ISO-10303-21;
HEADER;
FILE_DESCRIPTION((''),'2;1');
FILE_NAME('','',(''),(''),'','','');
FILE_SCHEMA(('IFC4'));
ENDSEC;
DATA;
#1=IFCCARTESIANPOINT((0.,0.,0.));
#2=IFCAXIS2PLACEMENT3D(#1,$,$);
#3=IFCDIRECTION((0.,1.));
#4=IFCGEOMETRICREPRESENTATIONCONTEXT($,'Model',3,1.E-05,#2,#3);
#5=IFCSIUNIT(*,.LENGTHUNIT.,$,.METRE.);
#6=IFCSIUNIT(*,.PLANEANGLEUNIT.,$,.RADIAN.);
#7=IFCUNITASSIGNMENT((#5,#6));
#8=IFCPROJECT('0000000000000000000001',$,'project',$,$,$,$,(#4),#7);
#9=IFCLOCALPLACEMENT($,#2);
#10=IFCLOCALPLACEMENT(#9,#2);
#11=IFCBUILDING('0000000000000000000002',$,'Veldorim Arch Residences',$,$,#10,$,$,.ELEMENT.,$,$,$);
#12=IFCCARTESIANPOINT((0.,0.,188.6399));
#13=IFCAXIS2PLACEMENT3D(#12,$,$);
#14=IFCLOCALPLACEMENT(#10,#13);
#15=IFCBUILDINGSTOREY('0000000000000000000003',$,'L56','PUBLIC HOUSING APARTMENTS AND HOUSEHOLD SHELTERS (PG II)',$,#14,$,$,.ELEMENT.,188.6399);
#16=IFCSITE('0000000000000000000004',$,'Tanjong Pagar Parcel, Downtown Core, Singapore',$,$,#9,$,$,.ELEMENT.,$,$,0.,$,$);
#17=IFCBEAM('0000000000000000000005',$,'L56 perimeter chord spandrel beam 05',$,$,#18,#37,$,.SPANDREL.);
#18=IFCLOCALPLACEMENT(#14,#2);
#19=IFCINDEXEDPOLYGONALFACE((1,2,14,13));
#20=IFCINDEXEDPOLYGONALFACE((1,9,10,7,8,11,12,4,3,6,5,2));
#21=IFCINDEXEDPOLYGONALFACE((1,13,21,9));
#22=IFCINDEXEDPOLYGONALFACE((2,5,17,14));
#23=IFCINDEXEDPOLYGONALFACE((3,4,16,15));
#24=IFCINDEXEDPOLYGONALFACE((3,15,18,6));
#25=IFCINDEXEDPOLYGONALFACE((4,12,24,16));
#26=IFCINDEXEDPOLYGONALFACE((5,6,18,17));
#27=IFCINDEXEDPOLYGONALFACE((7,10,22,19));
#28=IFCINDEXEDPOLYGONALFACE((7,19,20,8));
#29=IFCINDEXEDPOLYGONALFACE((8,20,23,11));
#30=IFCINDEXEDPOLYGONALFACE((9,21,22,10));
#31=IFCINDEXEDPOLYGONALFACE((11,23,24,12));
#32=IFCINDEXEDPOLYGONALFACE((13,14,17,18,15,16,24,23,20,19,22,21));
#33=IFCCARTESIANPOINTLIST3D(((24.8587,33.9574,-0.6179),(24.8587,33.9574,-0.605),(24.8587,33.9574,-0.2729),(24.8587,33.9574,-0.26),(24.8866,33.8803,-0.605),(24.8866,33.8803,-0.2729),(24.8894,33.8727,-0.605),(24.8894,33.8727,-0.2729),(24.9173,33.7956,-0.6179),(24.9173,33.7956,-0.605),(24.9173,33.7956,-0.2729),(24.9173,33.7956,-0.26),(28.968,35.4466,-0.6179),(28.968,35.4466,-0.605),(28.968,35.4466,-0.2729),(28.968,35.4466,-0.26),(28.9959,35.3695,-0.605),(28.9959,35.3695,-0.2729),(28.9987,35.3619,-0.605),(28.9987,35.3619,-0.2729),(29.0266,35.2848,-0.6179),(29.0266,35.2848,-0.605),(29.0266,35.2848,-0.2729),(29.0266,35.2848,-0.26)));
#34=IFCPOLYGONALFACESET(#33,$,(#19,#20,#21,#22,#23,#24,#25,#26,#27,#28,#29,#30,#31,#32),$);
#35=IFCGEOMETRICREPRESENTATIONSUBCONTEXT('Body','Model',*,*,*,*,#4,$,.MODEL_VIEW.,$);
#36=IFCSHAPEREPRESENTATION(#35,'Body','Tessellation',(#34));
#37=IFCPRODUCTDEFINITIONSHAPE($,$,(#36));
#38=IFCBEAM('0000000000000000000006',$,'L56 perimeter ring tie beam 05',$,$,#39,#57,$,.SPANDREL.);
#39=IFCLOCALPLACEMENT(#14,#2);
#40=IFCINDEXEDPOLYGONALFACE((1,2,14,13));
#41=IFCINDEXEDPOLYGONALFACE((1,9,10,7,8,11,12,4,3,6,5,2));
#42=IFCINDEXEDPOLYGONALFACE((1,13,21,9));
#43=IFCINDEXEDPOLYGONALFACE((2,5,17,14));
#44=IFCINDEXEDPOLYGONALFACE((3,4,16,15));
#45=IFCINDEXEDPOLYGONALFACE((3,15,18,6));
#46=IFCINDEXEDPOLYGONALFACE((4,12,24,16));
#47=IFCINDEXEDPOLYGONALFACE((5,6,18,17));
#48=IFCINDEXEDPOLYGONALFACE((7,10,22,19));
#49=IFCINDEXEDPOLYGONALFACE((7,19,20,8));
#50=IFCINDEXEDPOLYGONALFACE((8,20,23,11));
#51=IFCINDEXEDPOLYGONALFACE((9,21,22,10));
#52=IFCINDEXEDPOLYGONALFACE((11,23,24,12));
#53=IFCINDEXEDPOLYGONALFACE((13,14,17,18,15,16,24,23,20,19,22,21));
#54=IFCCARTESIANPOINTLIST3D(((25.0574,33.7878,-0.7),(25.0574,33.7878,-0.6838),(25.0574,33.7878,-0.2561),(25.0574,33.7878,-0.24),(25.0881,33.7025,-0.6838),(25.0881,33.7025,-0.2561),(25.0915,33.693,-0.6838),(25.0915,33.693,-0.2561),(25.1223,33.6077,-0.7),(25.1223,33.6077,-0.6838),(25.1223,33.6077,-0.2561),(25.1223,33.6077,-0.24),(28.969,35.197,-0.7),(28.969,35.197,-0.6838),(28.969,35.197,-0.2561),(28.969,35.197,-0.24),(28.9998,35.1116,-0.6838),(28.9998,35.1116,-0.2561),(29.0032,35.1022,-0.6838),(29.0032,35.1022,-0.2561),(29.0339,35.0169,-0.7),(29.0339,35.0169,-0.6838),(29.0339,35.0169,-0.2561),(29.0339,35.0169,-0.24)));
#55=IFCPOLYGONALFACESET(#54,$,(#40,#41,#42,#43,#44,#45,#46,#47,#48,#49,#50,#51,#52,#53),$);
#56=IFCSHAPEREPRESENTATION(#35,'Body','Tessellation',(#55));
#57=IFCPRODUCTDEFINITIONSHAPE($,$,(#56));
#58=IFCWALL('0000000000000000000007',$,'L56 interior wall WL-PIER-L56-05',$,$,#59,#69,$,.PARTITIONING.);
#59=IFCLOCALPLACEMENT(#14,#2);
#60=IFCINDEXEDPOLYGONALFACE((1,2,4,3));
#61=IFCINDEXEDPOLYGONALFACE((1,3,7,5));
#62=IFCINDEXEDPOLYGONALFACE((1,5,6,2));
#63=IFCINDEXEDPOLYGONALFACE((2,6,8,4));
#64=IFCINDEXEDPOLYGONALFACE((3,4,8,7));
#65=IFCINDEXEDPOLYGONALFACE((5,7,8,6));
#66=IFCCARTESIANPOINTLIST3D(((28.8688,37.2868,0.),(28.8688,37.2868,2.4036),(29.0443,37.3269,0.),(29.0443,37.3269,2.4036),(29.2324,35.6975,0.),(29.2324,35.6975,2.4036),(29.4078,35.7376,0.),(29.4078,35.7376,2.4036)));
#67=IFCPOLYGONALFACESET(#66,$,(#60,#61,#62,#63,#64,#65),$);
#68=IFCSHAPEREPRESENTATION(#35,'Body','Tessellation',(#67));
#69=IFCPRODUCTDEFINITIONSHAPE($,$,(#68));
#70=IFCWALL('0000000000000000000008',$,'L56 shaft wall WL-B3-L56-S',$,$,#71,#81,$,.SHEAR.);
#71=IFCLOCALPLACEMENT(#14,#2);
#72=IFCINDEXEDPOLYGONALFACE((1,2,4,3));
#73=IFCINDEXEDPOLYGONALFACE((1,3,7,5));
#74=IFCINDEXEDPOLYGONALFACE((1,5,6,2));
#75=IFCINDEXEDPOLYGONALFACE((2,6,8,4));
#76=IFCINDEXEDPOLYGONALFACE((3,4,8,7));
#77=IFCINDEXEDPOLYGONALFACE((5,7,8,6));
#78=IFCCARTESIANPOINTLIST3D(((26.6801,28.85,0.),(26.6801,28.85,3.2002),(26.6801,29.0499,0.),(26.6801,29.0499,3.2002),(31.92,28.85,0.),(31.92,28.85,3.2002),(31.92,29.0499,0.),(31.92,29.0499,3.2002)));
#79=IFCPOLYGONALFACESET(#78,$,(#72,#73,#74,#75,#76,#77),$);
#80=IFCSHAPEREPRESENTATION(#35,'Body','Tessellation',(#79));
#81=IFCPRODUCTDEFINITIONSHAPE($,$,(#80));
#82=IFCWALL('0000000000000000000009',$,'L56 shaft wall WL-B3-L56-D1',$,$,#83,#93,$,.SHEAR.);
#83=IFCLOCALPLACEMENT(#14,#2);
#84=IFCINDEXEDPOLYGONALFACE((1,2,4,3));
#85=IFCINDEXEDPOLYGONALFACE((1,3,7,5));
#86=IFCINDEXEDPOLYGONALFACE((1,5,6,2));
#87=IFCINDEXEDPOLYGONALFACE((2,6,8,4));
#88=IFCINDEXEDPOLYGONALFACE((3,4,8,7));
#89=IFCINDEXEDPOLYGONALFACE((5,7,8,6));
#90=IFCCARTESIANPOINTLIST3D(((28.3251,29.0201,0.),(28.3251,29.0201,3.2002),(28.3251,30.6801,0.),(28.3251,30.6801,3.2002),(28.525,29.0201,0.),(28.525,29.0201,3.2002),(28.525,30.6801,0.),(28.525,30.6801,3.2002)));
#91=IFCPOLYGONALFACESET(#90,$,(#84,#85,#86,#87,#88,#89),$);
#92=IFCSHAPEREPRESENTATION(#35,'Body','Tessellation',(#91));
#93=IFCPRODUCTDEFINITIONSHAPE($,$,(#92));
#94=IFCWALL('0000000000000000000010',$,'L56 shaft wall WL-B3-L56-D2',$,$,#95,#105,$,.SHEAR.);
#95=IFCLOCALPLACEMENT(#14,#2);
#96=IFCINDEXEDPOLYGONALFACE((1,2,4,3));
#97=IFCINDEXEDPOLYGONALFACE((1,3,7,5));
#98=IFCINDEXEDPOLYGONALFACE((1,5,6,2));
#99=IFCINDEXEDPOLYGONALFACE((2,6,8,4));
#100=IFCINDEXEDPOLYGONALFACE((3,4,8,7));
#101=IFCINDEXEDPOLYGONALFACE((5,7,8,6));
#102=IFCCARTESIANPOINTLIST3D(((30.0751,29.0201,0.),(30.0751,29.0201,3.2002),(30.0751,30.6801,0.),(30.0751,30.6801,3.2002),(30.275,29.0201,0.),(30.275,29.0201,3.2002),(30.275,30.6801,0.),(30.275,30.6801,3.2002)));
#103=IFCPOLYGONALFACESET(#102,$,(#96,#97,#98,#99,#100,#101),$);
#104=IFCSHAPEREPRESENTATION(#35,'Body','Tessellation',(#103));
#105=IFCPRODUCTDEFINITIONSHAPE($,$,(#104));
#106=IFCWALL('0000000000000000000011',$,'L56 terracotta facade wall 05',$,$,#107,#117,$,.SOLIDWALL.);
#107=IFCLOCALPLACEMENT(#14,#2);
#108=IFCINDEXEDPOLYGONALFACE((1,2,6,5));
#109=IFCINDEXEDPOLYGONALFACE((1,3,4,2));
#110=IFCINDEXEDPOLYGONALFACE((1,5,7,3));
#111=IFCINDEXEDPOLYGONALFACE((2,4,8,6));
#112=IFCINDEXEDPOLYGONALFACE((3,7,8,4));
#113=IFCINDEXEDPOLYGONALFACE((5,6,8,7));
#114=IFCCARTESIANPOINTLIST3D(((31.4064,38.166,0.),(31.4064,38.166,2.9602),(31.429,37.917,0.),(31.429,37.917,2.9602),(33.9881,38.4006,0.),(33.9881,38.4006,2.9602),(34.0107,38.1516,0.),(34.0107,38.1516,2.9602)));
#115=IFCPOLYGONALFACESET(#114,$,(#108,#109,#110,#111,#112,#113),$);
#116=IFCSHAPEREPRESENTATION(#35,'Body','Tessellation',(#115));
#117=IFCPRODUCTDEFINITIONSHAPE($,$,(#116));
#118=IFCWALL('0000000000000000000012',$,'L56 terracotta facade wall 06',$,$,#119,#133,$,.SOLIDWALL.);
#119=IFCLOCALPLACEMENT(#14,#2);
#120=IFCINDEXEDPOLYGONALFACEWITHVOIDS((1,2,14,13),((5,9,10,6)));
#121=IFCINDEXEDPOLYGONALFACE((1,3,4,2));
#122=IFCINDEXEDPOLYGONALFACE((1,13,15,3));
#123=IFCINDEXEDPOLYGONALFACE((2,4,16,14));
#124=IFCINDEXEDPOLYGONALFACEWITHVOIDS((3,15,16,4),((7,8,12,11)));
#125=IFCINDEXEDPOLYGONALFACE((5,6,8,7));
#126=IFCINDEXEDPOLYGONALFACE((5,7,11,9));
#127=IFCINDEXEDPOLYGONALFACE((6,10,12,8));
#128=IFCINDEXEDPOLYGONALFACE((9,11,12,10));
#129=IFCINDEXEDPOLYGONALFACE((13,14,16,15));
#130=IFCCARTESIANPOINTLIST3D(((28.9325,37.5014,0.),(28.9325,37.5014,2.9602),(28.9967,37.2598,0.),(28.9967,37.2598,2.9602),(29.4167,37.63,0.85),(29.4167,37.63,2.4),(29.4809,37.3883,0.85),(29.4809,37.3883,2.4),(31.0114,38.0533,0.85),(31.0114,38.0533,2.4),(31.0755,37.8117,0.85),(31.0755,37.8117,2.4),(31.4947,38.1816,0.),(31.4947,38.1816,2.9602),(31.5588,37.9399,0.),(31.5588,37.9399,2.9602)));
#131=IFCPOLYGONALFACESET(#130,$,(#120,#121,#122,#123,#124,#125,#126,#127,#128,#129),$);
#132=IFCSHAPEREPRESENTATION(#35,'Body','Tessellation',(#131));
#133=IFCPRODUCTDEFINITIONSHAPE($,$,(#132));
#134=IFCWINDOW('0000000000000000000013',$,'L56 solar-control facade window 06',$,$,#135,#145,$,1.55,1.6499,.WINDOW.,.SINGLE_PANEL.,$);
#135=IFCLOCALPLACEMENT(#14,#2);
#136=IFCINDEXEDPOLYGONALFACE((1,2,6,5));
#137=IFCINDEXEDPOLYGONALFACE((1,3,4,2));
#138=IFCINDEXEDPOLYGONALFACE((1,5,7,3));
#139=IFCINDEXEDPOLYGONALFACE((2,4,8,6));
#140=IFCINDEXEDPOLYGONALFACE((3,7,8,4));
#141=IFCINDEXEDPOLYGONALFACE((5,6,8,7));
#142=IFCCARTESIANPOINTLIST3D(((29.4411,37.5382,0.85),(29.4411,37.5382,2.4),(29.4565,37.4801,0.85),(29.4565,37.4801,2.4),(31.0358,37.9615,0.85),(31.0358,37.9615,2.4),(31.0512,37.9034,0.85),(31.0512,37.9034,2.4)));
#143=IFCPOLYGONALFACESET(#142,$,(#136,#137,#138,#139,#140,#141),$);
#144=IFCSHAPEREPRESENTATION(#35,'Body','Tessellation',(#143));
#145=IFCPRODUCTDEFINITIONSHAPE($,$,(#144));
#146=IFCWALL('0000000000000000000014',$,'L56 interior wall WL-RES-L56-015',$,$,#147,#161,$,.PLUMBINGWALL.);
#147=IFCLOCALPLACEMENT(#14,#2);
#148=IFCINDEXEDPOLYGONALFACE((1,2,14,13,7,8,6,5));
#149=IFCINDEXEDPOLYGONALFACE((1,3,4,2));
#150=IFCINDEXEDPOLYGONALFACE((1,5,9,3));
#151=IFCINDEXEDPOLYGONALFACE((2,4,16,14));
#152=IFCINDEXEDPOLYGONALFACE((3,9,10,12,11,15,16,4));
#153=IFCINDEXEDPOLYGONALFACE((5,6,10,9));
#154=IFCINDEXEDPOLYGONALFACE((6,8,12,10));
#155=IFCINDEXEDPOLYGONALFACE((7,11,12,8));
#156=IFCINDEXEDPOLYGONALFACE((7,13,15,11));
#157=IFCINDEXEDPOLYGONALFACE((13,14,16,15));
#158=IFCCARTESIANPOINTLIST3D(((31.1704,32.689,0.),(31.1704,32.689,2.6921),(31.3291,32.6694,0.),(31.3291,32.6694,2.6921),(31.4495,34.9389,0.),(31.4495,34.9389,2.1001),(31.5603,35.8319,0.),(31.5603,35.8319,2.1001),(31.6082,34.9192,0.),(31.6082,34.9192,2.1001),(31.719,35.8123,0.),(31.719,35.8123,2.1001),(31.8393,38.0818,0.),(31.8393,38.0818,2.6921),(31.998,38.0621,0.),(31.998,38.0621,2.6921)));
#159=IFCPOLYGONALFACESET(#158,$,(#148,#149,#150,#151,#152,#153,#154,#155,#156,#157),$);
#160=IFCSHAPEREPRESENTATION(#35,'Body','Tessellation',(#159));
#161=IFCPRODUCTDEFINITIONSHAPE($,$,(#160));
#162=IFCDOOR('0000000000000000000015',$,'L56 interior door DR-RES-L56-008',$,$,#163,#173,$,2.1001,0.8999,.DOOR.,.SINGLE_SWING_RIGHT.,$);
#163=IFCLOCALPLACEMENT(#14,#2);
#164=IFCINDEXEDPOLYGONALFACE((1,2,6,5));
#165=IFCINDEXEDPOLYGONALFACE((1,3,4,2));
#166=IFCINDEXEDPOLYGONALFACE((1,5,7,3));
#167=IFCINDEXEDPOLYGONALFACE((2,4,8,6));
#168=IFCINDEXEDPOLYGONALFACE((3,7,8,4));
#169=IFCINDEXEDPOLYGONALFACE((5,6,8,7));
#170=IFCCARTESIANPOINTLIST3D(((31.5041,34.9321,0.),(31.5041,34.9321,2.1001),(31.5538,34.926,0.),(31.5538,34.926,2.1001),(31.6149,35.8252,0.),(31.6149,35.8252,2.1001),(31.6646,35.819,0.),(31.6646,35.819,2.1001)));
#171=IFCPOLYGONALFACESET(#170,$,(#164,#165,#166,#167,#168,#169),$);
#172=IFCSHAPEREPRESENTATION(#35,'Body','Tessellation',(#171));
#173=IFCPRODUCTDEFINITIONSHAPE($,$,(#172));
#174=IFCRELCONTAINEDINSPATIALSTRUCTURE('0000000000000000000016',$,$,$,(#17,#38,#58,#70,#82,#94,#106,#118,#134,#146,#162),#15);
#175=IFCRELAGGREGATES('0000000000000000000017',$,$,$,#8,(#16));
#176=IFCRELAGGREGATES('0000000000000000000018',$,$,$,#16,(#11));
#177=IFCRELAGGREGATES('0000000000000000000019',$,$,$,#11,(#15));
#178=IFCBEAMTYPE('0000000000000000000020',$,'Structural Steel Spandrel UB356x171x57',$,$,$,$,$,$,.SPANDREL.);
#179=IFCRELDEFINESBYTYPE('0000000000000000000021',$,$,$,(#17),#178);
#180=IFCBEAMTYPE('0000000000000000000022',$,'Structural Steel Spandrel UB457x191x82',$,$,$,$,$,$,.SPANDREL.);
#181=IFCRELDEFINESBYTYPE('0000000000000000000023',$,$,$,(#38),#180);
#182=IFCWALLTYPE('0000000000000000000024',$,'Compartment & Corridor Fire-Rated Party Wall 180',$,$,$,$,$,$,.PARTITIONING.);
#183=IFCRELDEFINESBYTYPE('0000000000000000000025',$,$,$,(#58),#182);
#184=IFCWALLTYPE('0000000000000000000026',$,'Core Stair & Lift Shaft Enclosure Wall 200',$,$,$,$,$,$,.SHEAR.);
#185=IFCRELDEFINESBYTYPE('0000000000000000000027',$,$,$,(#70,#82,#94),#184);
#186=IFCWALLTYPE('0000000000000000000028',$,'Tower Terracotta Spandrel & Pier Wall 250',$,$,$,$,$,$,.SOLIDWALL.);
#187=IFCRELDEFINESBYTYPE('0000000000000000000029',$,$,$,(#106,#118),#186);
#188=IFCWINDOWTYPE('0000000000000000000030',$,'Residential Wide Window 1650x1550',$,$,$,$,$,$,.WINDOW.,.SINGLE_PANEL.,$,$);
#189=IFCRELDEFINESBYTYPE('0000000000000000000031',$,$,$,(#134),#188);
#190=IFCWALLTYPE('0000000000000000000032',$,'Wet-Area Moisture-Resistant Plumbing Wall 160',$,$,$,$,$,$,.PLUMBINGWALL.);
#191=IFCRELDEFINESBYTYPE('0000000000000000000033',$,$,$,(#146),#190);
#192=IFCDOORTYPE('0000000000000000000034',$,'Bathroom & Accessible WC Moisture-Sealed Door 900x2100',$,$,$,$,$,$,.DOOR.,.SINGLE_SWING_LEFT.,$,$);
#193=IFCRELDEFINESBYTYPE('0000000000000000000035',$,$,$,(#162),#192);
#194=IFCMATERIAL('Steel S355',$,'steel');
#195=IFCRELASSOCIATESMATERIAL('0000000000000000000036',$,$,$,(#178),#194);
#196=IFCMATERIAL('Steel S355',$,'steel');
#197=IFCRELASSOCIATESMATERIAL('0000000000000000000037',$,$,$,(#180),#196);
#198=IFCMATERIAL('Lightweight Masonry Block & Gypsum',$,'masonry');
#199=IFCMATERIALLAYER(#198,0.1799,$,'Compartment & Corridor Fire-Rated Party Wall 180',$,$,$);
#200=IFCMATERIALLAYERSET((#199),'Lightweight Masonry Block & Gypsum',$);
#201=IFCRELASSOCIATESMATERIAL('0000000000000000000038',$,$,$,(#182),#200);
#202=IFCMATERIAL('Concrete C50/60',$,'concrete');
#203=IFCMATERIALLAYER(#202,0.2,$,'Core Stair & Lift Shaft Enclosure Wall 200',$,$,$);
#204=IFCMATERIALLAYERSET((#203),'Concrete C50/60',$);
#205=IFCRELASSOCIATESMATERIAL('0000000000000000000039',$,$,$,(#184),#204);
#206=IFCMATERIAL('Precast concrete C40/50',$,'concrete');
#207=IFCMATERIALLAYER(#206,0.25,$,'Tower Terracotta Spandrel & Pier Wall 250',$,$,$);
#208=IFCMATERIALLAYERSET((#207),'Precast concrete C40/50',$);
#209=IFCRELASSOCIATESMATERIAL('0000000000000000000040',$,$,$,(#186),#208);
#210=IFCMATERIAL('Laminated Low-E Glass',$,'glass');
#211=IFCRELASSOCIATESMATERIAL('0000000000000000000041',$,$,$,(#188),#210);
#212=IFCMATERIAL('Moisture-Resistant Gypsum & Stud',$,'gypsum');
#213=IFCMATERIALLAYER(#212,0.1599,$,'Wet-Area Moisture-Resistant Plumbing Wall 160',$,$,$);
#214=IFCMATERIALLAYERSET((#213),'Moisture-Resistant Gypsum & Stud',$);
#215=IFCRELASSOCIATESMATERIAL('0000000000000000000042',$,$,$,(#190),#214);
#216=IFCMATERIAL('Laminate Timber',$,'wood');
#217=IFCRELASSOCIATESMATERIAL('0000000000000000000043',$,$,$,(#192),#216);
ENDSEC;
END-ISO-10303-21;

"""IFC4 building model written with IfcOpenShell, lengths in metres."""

from ifc_helpers import new_model, si_unit, direction, frame, frame_2d, origin, origin_2d, place, context, subcontext, project, spatial, rectangle, i_section, extrude, material, layer, layer_set, material_profile, profile_set, type_object, element, fill, save


model = new_model("IFC4")

# Units and contexts
model_context = context("Model", 3, precision=1e-05, world=origin(), true_north=direction((0.0, 1.0)))
body_context = subcontext(model_context, "Body", "Model", "MODEL_VIEW")
ifc_project = project(units=[si_unit("LENGTHUNIT", "METRE"), si_unit("PLANEANGLEUNIT", "RADIAN")], contexts=[model_context])

# Site, building, storey
site_placement = place(None, origin())
site = spatial("IfcSite", under=ifc_project, at=site_placement, Name="Tanjong Pagar Parcel, Downtown Core, Singapore", CompositionType="ELEMENT", RefElevation=0.0)
building_placement = place(site_placement, origin())
building = spatial("IfcBuilding", under=site, at=building_placement, Name="Veldorim Arch Residences", CompositionType="ELEMENT")
storey_placement = place(building_placement, frame((0.0, 0.0, 188.6399)))
storey = spatial("IfcBuildingStorey", under=building, at=storey_placement, Name="L56", Description="PUBLIC HOUSING APARTMENTS AND HOUSEHOLD SHELTERS (PG II)", CompositionType="ELEMENT", Elevation=188.6399)

# Beams
ifc_material_1 = material(Name="Steel S355", Category="steel")
ifc_material_profile_1 = material_profile(ifc_material_1, i_section(OverallWidth=0.1721, OverallDepth=0.3579, WebThickness=0.0081, FlangeThickness=0.0129, at=origin_2d()), Name="UB356x171x57")
ifc_profile_set_1 = profile_set([ifc_material_profile_1], Name="Steel S355")
beam_type_1 = type_object("IfcBeamType", Name="Structural Steel Spandrel UB356x171x57", PredefinedType="SPANDREL", material=ifc_profile_set_1)
beam_1_placement = place(storey_placement, frame((28.9973, 35.3657, -0.439), z_axis=(-0.940165, -0.34072, 0.0), x_axis=(0.34072, -0.940165, 0.0)))
element("IfcBeam", 1, at=beam_1_placement, inside=storey, type_object=beam_type_1, Name="L56 perimeter chord spandrel beam 05", PredefinedType="SPANDREL", context=body_context, shape_type="SweptSolid", body=[
    extrude(i_section(OverallWidth=0.1721, OverallDepth=0.3579, WebThickness=0.0081, FlangeThickness=0.0129, at=origin_2d()), origin(), (0.0, 0.0, 1.0), 4.3708),
])
ifc_material_2 = material(Name="Steel S355", Category="steel")
ifc_material_profile_2 = material_profile(ifc_material_2, i_section(OverallWidth=0.1914, OverallDepth=0.46, WebThickness=0.01, FlangeThickness=0.0161, at=origin_2d()), Name="UB457x191x82")
ifc_profile_set_2 = profile_set([ifc_material_profile_2], Name="Steel S355")
beam_type_2 = type_object("IfcBeamType", Name="Structural Steel Spandrel UB457x191x82", PredefinedType="SPANDREL", material=ifc_profile_set_2)
beam_2_placement = place(storey_placement, frame((29.0015, 35.1069, -0.47), z_axis=(-0.940811, -0.338932, 0.0), x_axis=(0.338932, -0.940811, 0.0)))
element("IfcBeam", 2, at=beam_2_placement, inside=storey, type_object=beam_type_2, Name="L56 perimeter ring tie beam 05", PredefinedType="SPANDREL", context=body_context, shape_type="SweptSolid", body=[
    extrude(i_section(OverallWidth=0.1914, OverallDepth=0.46, WebThickness=0.01, FlangeThickness=0.0161, at=origin_2d()), origin(), (0.0, 0.0, 1.0), 4.1577),
])

# Walls
ifc_material_3 = material(Name="Lightweight Masonry Block & Gypsum", Category="masonry")
ifc_layer_1 = layer(ifc_material_3, 0.1799, Name="Compartment & Corridor Fire-Rated Party Wall 180")
ifc_layer_set_1 = layer_set([ifc_layer_1], Name="Lightweight Masonry Block & Gypsum")
wall_type_1 = type_object("IfcWallType", Name="Compartment & Corridor Fire-Rated Party Wall 180", PredefinedType="PARTITIONING", material=ifc_layer_set_1)
wall_1_placement = place(storey_placement, frame((29.3201, 35.7175, 0.0), z_axis=(0.0, 0.0, 1.0), x_axis=(-0.222967, 0.974826, 0.0)))
element("IfcWall", 3, at=wall_1_placement, inside=storey, type_object=wall_type_1, Name="L56 interior wall WL-PIER-L56-05", PredefinedType="PARTITIONING", context=body_context, shape_type="SweptSolid", body=[
    extrude(rectangle(XDim=1.6304, YDim=0.1799, at=frame_2d((0.8152, 0.0))), origin(), (0.0, 0.0, 1.0), 2.4036),
])
ifc_material_4 = material(Name="Concrete C50/60", Category="concrete")
ifc_layer_2 = layer(ifc_material_4, 0.2, Name="Core Stair & Lift Shaft Enclosure Wall 200")
ifc_layer_set_2 = layer_set([ifc_layer_2], Name="Concrete C50/60")
wall_type_2 = type_object("IfcWallType", Name="Core Stair & Lift Shaft Enclosure Wall 200", PredefinedType="SHEAR", material=ifc_layer_set_2)
wall_2_placement = place(storey_placement, frame((26.6799, 28.95, 0.0), z_axis=(0.0, 0.0, 1.0), x_axis=(1.0, 0.0, 0.0)))
element("IfcWall", 4, at=wall_2_placement, inside=storey, type_object=wall_type_2, Name="L56 shaft wall WL-B3-L56-S", PredefinedType="SHEAR", context=body_context, shape_type="SweptSolid", body=[
    extrude(rectangle(XDim=5.24, YDim=0.2, at=frame_2d((2.6201, 0.0))), origin(), (0.0, 0.0, 1.0), 3.2002),
])
for number, where, z_axis, x_axis, name in (
    (5, (28.425, 29.02, 0.0), (0.0, 0.0, 1.0), (0.0, 1.0, 0.0), "L56 shaft wall WL-B3-L56-D1"),
    (6, (30.175, 29.02, 0.0), (0.0, 0.0, 1.0), (0.0, 1.0, 0.0), "L56 shaft wall WL-B3-L56-D2"),
):
    element("IfcWall", number, at=place(storey_placement, frame(where, z_axis=z_axis, x_axis=x_axis)), inside=storey, type_object=wall_type_2, Name=name, PredefinedType="SHEAR", context=body_context, shape_type="SweptSolid", body=[
        extrude(rectangle(XDim=1.6599, YDim=0.2, at=frame_2d((0.8301, 0.0))), origin(), (0.0, 0.0, 1.0), 3.2002),
    ])
ifc_material_5 = material(Name="Precast concrete C40/50", Category="concrete")
ifc_layer_3 = layer(ifc_material_5, 0.25, Name="Tower Terracotta Spandrel & Pier Wall 250")
ifc_layer_set_3 = layer_set([ifc_layer_3], Name="Precast concrete C40/50")
wall_type_3 = type_object("IfcWallType", Name="Tower Terracotta Spandrel & Pier Wall 250", PredefinedType="SOLIDWALL", material=ifc_layer_set_3)
wall_3_placement = place(storey_placement, frame((31.4177, 38.0415, 0.0), z_axis=(0.0, 0.0, 1.0), x_axis=(0.995896, 0.09051, 0.0)))
element("IfcWall", 7, at=wall_3_placement, inside=storey, type_object=wall_type_3, Name="L56 terracotta facade wall 05", PredefinedType="SOLIDWALL", context=body_context, shape_type="SweptSolid", body=[
    extrude(rectangle(XDim=2.5923, YDim=0.25, at=frame_2d((1.2961, 0.0))), origin(), (0.0, 0.0, 1.0), 2.9602),
])

# Wall, opening, window
wall_4_placement = place(storey_placement, frame((28.9646, 37.3806, 0.0), z_axis=(0.0, 0.0, 1.0), x_axis=(0.966525, 0.256573, 0.0)))
wall_4 = element("IfcWall", 8, at=wall_4_placement, inside=storey, type_object=wall_type_3, Name="L56 terracotta facade wall 06", PredefinedType="SOLIDWALL", context=body_context, shape_type="SweptSolid", body=[
    extrude(rectangle(XDim=2.6509, YDim=0.25, at=frame_2d((1.3254, 0.0))), origin(), (0.0, 0.0, 1.0), 2.9602),
])
opening_1_placement = place(wall_4_placement, frame((0.501, 0.0, 0.8501)))
opening_1 = element("IfcOpeningElement", 9, at=opening_1_placement, cuts=wall_4, PredefinedType="OPENING", context=body_context, shape_type="SweptSolid", body=[
    extrude(rectangle(XDim=1.6499, YDim=1.55, at=frame_2d((0.825, 0.7749))), frame((0.0, 0.135, 0.0), z_axis=(0.0, -1.0, 0.0), x_axis=(1.0, 0.0, 0.0)), (0.0, 0.0, 1.0), 0.27),
])
ifc_material_6 = material(Name="Laminated Low-E Glass", Category="glass")
window_type = type_object("IfcWindowType", Name="Residential Wide Window 1650x1550", PartitioningType="SINGLE_PANEL", PredefinedType="WINDOW", material=ifc_material_6)
window_placement = place(opening_1_placement, origin())
window = element("IfcWindow", 10, at=window_placement, inside=storey, type_object=window_type, Name="L56 solar-control facade window 06", OverallHeight=1.55, OverallWidth=1.6499, PartitioningType="SINGLE_PANEL", PredefinedType="WINDOW", context=body_context, shape_type="SweptSolid", body=[
    extrude(rectangle(XDim=1.6499, YDim=1.55, at=frame_2d((0.825, 0.7749))), frame((0.0, 0.03, 0.0), z_axis=(0.0, -1.0, 0.0), x_axis=(1.0, 0.0, 0.0)), (0.0, 0.0, 1.0), 0.0601),
])
fill(opening_1, window)

# Wall, opening, door
ifc_material_7 = material(Name="Moisture-Resistant Gypsum & Stud", Category="gypsum")
ifc_layer_4 = layer(ifc_material_7, 0.1599, Name="Wet-Area Moisture-Resistant Plumbing Wall 160")
ifc_layer_set_4 = layer_set([ifc_layer_4], Name="Moisture-Resistant Gypsum & Stud")
wall_type_4 = type_object("IfcWallType", Name="Wet-Area Moisture-Resistant Plumbing Wall 160", PredefinedType="PLUMBINGWALL", material=ifc_layer_set_4)
wall_5_placement = place(storey_placement, frame((31.2498, 32.6792, 0.0), z_axis=(0.0, 0.0, 1.0), x_axis=(0.1231, 0.992394, 0.0)))
wall_5 = element("IfcWall", 11, at=wall_5_placement, inside=storey, type_object=wall_type_4, Name="L56 interior wall WL-RES-L56-015", PredefinedType="PLUMBINGWALL", context=body_context, shape_type="SweptSolid", body=[
    extrude(rectangle(XDim=5.4341, YDim=0.1599, at=frame_2d((2.717, 0.0))), origin(), (0.0, 0.0, 1.0), 2.6921),
])
opening_2_placement = place(wall_5_placement, frame((2.2671, 0.0, 0.0)))
opening_2 = element("IfcOpeningElement", 12, at=opening_2_placement, cuts=wall_5, PredefinedType="OPENING", context=body_context, shape_type="SweptSolid", body=[
    extrude(rectangle(XDim=0.8999, YDim=2.1001, at=frame_2d((0.45, 1.05))), frame((0.0, 0.0898, 0.0), z_axis=(0.0, -1.0, 0.0), x_axis=(1.0, 0.0, 0.0)), (0.0, 0.0, 1.0), 0.1799),
])
ifc_material_8 = material(Name="Laminate Timber", Category="wood")
door_type = type_object("IfcDoorType", Name="Bathroom & Accessible WC Moisture-Sealed Door 900x2100", OperationType="SINGLE_SWING_LEFT", PredefinedType="DOOR", material=ifc_material_8)
door_placement = place(opening_2_placement, origin())
door = element("IfcDoor", 13, at=door_placement, inside=storey, type_object=door_type, Name="L56 interior door DR-RES-L56-008", OperationType="SINGLE_SWING_RIGHT", OverallHeight=2.1001, OverallWidth=0.8999, PredefinedType="DOOR", context=body_context, shape_type="SweptSolid", body=[
    extrude(rectangle(XDim=0.8999, YDim=2.1001, at=frame_2d((0.45, 1.05))), frame((0.0, 0.0249, 0.0), z_axis=(0.0, -1.0, 0.0), x_axis=(1.0, 0.0, 0.0)), (0.0, 0.0, 1.0), 0.05),
])
fill(opening_2, door)

save(model, "model.ifc")
